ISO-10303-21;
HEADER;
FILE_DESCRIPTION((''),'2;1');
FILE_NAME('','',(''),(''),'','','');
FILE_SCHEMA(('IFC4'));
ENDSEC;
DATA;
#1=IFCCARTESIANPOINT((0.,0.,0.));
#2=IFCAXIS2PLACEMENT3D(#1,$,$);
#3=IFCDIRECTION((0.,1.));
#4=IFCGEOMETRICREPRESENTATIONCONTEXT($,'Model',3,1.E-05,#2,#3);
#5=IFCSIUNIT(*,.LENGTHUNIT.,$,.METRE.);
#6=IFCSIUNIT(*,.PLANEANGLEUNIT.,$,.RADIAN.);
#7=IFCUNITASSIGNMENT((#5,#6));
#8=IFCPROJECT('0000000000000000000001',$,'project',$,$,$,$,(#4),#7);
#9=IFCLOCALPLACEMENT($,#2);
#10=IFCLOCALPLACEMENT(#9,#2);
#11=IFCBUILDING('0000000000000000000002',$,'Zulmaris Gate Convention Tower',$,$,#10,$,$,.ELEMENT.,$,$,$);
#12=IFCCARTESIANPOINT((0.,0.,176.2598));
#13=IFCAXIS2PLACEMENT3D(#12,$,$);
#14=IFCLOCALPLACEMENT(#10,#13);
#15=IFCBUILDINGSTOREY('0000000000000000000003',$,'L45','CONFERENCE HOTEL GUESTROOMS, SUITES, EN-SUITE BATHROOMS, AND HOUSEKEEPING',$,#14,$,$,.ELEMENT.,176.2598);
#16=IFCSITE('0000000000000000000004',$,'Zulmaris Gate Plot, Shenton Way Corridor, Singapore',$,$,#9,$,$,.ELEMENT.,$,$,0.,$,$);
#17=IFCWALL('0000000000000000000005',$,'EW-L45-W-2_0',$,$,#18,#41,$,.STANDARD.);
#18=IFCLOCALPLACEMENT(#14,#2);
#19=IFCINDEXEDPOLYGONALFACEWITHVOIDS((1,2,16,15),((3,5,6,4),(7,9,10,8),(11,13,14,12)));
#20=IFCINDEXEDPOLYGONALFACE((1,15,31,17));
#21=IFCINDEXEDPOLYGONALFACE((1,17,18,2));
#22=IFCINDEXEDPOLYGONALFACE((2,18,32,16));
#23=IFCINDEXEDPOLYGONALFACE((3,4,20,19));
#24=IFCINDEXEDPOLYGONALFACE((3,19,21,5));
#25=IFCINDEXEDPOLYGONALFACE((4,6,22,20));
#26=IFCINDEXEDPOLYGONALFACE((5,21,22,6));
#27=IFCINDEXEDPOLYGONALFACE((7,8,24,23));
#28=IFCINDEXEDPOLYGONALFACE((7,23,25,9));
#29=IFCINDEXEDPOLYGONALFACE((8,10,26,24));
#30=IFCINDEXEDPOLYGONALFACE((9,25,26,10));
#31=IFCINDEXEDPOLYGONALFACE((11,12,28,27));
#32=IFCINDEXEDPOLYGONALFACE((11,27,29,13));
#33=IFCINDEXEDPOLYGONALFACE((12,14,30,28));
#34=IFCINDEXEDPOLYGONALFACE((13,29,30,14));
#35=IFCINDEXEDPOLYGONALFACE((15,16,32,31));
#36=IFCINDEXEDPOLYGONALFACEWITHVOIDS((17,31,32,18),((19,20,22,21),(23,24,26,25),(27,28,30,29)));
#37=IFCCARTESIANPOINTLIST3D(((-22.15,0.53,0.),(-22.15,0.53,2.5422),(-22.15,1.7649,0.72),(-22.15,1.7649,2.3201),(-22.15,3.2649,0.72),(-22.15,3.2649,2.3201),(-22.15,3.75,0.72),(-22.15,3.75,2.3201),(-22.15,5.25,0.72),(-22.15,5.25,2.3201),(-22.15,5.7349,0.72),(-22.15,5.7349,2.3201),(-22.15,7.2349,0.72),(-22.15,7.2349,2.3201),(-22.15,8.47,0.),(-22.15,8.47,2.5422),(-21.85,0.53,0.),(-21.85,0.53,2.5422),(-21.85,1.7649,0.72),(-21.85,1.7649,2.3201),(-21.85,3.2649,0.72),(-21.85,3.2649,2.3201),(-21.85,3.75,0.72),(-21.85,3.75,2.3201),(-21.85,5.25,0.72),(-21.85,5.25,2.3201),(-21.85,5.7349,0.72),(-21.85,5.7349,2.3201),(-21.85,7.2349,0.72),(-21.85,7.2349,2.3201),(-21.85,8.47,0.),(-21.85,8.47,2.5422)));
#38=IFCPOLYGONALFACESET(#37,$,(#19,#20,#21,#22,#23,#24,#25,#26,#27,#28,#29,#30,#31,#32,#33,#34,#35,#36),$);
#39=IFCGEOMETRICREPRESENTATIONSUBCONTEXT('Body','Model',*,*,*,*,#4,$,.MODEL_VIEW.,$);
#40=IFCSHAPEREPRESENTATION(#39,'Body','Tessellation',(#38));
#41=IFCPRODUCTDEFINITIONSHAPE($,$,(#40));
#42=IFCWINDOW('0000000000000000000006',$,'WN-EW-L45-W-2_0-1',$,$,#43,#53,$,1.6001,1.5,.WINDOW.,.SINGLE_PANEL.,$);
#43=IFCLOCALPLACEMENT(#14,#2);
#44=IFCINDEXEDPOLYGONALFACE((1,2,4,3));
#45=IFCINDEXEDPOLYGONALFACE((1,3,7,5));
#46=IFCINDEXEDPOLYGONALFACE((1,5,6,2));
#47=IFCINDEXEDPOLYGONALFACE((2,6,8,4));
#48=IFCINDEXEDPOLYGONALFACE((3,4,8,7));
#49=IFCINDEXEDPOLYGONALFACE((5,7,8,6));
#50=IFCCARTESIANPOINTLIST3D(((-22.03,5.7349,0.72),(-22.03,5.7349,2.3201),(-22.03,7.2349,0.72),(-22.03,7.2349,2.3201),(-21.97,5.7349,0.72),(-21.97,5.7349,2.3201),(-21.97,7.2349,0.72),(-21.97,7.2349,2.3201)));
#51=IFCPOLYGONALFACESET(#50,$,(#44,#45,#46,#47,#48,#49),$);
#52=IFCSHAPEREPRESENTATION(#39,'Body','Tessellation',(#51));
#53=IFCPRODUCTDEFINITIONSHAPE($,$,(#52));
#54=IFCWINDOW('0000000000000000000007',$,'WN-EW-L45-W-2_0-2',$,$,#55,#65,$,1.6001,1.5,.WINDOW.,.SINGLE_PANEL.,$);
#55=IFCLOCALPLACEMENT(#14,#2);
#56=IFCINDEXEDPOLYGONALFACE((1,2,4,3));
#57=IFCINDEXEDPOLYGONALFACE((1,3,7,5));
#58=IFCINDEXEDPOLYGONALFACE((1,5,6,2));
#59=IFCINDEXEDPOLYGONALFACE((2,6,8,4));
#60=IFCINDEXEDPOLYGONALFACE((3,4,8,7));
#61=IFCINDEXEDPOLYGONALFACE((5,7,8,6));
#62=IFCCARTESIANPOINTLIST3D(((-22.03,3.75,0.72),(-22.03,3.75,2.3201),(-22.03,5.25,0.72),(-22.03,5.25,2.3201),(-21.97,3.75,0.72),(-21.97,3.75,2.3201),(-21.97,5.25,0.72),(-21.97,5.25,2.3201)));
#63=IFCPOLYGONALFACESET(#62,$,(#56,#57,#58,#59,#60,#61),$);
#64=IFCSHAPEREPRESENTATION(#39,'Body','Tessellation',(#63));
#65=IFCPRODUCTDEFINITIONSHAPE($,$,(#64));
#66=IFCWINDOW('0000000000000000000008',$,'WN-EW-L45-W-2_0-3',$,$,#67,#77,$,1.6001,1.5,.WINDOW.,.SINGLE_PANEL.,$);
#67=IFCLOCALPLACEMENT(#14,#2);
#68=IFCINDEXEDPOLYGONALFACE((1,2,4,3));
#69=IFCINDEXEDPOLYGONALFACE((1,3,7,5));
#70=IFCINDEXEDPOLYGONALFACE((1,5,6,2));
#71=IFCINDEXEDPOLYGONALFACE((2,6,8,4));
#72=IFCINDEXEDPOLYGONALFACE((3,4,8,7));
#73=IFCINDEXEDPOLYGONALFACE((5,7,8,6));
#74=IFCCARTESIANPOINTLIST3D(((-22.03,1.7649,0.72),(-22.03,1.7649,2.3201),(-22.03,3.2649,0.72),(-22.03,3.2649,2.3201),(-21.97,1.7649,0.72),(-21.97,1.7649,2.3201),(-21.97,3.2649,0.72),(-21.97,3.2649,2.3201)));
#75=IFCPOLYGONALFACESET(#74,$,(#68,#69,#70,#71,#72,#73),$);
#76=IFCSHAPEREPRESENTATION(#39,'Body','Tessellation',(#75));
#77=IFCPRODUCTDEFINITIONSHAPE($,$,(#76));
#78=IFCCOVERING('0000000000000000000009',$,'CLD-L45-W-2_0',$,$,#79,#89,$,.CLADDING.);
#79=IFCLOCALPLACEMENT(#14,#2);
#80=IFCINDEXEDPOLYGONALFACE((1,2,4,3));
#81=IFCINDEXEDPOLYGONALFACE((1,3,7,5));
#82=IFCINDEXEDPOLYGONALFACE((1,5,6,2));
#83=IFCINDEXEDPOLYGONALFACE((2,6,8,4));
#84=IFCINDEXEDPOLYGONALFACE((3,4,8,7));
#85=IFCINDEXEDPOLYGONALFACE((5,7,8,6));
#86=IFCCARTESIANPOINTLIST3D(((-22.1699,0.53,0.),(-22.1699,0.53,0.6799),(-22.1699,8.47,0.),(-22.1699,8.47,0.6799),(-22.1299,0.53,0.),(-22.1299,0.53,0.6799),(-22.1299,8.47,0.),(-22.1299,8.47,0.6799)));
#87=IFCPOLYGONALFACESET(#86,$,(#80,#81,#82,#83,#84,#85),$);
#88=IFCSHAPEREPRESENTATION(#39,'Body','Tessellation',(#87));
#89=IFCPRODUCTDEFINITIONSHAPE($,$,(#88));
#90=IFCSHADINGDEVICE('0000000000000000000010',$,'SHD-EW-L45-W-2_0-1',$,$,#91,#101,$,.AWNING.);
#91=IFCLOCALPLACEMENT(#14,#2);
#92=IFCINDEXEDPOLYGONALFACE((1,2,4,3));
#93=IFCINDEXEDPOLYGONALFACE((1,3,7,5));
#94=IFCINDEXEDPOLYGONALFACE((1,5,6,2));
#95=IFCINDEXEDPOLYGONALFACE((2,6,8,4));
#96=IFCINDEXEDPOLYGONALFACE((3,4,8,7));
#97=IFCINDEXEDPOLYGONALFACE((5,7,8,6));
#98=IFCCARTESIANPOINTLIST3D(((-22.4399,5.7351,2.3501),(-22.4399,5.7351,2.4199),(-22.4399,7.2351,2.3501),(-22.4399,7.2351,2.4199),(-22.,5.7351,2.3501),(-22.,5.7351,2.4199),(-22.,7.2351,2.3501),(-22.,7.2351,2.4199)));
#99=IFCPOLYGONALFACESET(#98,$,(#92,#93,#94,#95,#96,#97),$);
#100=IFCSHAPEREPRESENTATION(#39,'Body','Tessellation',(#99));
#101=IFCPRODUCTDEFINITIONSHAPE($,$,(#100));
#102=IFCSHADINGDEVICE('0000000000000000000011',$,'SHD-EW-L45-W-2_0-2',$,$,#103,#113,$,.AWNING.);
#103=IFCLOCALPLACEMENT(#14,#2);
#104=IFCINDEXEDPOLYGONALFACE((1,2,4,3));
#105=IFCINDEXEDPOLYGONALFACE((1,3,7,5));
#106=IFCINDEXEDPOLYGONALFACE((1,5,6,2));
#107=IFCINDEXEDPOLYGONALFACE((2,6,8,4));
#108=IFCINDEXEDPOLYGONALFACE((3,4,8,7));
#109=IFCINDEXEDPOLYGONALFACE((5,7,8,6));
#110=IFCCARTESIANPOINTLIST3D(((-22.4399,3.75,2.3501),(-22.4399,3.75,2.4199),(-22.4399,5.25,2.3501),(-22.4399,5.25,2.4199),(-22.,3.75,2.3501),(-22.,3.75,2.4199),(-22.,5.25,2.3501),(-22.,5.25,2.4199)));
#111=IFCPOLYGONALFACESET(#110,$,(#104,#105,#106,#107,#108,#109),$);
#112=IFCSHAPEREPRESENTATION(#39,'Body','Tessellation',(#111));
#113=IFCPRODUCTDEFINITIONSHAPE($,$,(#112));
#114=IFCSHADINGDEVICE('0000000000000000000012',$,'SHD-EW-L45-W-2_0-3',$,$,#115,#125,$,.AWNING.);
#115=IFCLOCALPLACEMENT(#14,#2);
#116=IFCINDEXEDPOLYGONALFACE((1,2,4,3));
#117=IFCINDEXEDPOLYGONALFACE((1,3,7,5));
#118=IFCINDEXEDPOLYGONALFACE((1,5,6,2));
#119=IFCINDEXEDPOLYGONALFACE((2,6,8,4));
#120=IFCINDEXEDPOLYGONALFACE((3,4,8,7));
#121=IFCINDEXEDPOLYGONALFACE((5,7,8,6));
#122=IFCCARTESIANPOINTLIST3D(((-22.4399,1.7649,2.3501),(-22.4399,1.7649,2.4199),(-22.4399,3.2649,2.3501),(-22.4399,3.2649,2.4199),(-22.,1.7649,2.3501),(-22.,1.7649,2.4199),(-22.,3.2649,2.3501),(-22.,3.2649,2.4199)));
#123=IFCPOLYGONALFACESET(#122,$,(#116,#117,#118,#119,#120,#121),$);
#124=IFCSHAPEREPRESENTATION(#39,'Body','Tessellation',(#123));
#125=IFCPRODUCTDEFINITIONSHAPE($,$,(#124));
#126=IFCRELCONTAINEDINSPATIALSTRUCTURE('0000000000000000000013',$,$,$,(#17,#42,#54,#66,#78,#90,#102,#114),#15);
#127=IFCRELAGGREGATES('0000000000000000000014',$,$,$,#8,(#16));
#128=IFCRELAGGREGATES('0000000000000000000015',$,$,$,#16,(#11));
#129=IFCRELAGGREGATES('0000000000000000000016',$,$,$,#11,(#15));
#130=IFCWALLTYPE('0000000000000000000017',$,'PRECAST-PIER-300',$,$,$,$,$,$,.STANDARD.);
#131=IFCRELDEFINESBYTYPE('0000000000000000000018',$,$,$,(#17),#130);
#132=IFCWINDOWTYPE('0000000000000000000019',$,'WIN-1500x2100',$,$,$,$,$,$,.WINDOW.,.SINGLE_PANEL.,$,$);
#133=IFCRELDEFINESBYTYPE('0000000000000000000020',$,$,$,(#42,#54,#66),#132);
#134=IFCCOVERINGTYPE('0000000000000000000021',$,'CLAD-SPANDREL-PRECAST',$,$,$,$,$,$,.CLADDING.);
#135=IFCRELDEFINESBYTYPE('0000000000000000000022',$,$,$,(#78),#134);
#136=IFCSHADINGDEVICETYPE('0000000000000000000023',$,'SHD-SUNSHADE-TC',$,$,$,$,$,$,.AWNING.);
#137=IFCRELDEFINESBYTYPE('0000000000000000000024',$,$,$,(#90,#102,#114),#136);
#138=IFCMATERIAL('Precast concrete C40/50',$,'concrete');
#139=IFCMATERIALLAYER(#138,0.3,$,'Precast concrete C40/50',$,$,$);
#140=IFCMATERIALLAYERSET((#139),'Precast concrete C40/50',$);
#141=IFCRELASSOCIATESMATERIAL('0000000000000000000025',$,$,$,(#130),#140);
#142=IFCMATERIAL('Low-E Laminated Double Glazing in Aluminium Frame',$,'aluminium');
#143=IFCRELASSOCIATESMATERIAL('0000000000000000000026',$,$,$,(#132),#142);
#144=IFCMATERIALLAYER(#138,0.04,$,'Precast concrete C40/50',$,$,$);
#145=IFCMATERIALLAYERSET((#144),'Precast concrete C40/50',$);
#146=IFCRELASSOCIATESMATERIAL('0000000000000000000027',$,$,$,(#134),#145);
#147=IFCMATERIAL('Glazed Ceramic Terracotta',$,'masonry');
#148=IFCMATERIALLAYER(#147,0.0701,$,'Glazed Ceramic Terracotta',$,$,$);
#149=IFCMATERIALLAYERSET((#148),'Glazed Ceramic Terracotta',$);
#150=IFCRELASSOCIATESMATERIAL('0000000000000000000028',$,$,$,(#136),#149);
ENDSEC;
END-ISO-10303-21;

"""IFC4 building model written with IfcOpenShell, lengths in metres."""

from ifc_helpers import new_model, si_unit, direction, frame, frame_2d, origin, place, context, subcontext, project, spatial, rectangle, extrude, material, layer, layer_set, type_object, element, fill, save


model = new_model("IFC4")

# Units and contexts
model_context = context("Model", 3, precision=1e-05, world=origin(), true_north=direction((0.0, 1.0)))
body_context = subcontext(model_context, "Body", "Model", "MODEL_VIEW")
ifc_project = project(units=[si_unit("LENGTHUNIT", "METRE"), si_unit("PLANEANGLEUNIT", "RADIAN")], contexts=[model_context])

# Site, building, storey
site_placement = place(None, origin())
site = spatial("IfcSite", under=ifc_project, at=site_placement, Name="Zulmaris Gate Plot, Shenton Way Corridor, Singapore", CompositionType="ELEMENT", RefElevation=0.0)
building_placement = place(site_placement, origin())
building = spatial("IfcBuilding", under=site, at=building_placement, Name="Zulmaris Gate Convention Tower", CompositionType="ELEMENT")
storey_placement = place(building_placement, frame((0.0, 0.0, 176.2598)))
storey = spatial("IfcBuildingStorey", under=building, at=storey_placement, Name="L45", Description="CONFERENCE HOTEL GUESTROOMS, SUITES, EN-SUITE BATHROOMS, AND HOUSEKEEPING", CompositionType="ELEMENT", Elevation=176.2598)

# Wall, openings, windows
ifc_material_1 = material(Name="Precast concrete C40/50", Category="concrete")
ifc_layer_1 = layer(ifc_material_1, 0.3, Name="Precast concrete C40/50")
ifc_layer_set_1 = layer_set([ifc_layer_1], Name="Precast concrete C40/50")
wall_type_1 = type_object("IfcWallType", Name="PRECAST-PIER-300", PredefinedType="STANDARD", material=ifc_layer_set_1)
wall_1_placement = place(storey_placement, frame((-22.0, 8.47, 0.0), z_axis=(0.0, 0.0, 1.0), x_axis=(0.0, -1.0, 0.0)))
wall_1 = element("IfcWall", 1, at=wall_1_placement, inside=storey, type_object=wall_type_1, Name="EW-L45-W-2_0", PredefinedType="STANDARD", context=body_context, shape_type="SweptSolid", body=[
    extrude(rectangle(XDim=7.9399, YDim=0.3, at=frame_2d((3.97, 0.0))), origin(), (0.0, 0.0, 1.0), 2.5422),
])
opening_1_placement = place(wall_1_placement, frame((1.2351, 0.0, 0.72)))
opening_1 = element("IfcOpeningElement", 2, at=opening_1_placement, cuts=wall_1, PredefinedType="OPENING", context=body_context, shape_type="SweptSolid", body=[
    extrude(rectangle(XDim=1.5, YDim=1.6001, at=frame_2d((0.75, 0.8))), frame((0.0, 0.1602, 0.0), z_axis=(0.0, -1.0, 0.0), x_axis=(1.0, 0.0, 0.0)), (0.0, 0.0, 1.0), 0.3201),
])
opening_2_placement = place(wall_1_placement, frame((3.22, 0.0, 0.72)))
opening_2 = element("IfcOpeningElement", 3, at=opening_2_placement, cuts=wall_1, PredefinedType="OPENING", context=body_context, shape_type="SweptSolid", body=[
    extrude(rectangle(XDim=1.5, YDim=1.6001, at=frame_2d((0.75, 0.8))), frame((0.0, 0.1602, 0.0), z_axis=(0.0, -1.0, 0.0), x_axis=(1.0, 0.0, 0.0)), (0.0, 0.0, 1.0), 0.3201),
])
opening_3_placement = place(wall_1_placement, frame((5.2051, 0.0, 0.72)))
opening_3 = element("IfcOpeningElement", 4, at=opening_3_placement, cuts=wall_1, PredefinedType="OPENING", context=body_context, shape_type="SweptSolid", body=[
    extrude(rectangle(XDim=1.5, YDim=1.6001, at=frame_2d((0.75, 0.8))), frame((0.0, 0.1602, 0.0), z_axis=(0.0, -1.0, 0.0), x_axis=(1.0, 0.0, 0.0)), (0.0, 0.0, 1.0), 0.3201),
])
ifc_material_2 = material(Name="Low-E Laminated Double Glazing in Aluminium Frame", Category="aluminium")
window_type = type_object("IfcWindowType", Name="WIN-1500x2100", PartitioningType="SINGLE_PANEL", PredefinedType="WINDOW", material=ifc_material_2)
window_1_placement = place(opening_1_placement, origin())
window_1 = element("IfcWindow", 5, at=window_1_placement, inside=storey, type_object=window_type, Name="WN-EW-L45-W-2_0-1", OverallHeight=1.6001, OverallWidth=1.5, PartitioningType="SINGLE_PANEL", PredefinedType="WINDOW", context=body_context, shape_type="SweptSolid", body=[
    extrude(rectangle(XDim=1.5, YDim=1.6001, at=frame_2d((0.75, 0.8))), frame((0.0, 0.03, 0.0), z_axis=(0.0, -1.0, 0.0), x_axis=(1.0, 0.0, 0.0)), (0.0, 0.0, 1.0), 0.0601),
])
fill(opening_1, window_1)
window_2_placement = place(opening_2_placement, origin())
window_2 = element("IfcWindow", 6, at=window_2_placement, inside=storey, type_object=window_type, Name="WN-EW-L45-W-2_0-2", OverallHeight=1.6001, OverallWidth=1.5, PartitioningType="SINGLE_PANEL", PredefinedType="WINDOW", context=body_context, shape_type="SweptSolid", body=[
    extrude(rectangle(XDim=1.5, YDim=1.6001, at=frame_2d((0.75, 0.8))), frame((0.0, 0.03, 0.0), z_axis=(0.0, -1.0, 0.0), x_axis=(1.0, 0.0, 0.0)), (0.0, 0.0, 1.0), 0.0601),
])
fill(opening_2, window_2)
window_3_placement = place(opening_3_placement, origin())
window_3 = element("IfcWindow", 7, at=window_3_placement, inside=storey, type_object=window_type, Name="WN-EW-L45-W-2_0-3", OverallHeight=1.6001, OverallWidth=1.5, PartitioningType="SINGLE_PANEL", PredefinedType="WINDOW", context=body_context, shape_type="SweptSolid", body=[
    extrude(rectangle(XDim=1.5, YDim=1.6001, at=frame_2d((0.75, 0.8))), frame((0.0, 0.03, 0.0), z_axis=(0.0, -1.0, 0.0), x_axis=(1.0, 0.0, 0.0)), (0.0, 0.0, 1.0), 0.0601),
])
fill(opening_3, window_3)

# Covering
ifc_layer_2 = layer(ifc_material_1, 0.04, Name="Precast concrete C40/50")
ifc_layer_set_2 = layer_set([ifc_layer_2], Name="Precast concrete C40/50")
covering_type = type_object("IfcCoveringType", Name="CLAD-SPANDREL-PRECAST", PredefinedType="CLADDING", material=ifc_layer_set_2)
covering_placement = place(storey_placement, frame((-22.1499, 8.47, 0.0), z_axis=(0.0, 0.0, 1.0), x_axis=(0.0, -1.0, 0.0)))
element("IfcCovering", 8, at=covering_placement, inside=storey, type_object=covering_type, Name="CLD-L45-W-2_0", PredefinedType="CLADDING", context=body_context, shape_type="SweptSolid", body=[
    extrude(rectangle(XDim=7.9399, YDim=0.04, at=frame_2d((3.97, 0.0))), origin(), (0.0, 0.0, 1.0), 0.6799),
])

# Shading devices
ifc_material_3 = material(Name="Glazed Ceramic Terracotta", Category="masonry")
ifc_layer_3 = layer(ifc_material_3, 0.0701, Name="Glazed Ceramic Terracotta")
ifc_layer_set_3 = layer_set([ifc_layer_3], Name="Glazed Ceramic Terracotta")
shading_device_type = type_object("IfcShadingDeviceType", Name="SHD-SUNSHADE-TC", PredefinedType="AWNING", material=ifc_layer_set_3)
for number, where, z_axis, x_axis, name in (
    (9, (-22.22, 7.2351, 2.3501), (0.0, 0.0, 1.0), (0.0, -1.0, 0.0), "SHD-EW-L45-W-2_0-1"),
    (10, (-22.22, 5.25, 2.3501), (0.0, 0.0, 1.0), (0.0, -1.0, 0.0), "SHD-EW-L45-W-2_0-2"),
    (11, (-22.22, 3.2649, 2.3501), (0.0, 0.0, 1.0), (0.0, -1.0, 0.0), "SHD-EW-L45-W-2_0-3"),
):
    element("IfcShadingDevice", number, at=place(storey_placement, frame(where, z_axis=z_axis, x_axis=x_axis)), inside=storey, type_object=shading_device_type, Name=name, PredefinedType="AWNING", context=body_context, shape_type="SweptSolid", body=[
        extrude(rectangle(XDim=1.5, YDim=0.4399, at=frame_2d((0.75, 0.0))), origin(), (0.0, 0.0, 1.0), 0.0698),
    ])

save(model, "model.ifc")
